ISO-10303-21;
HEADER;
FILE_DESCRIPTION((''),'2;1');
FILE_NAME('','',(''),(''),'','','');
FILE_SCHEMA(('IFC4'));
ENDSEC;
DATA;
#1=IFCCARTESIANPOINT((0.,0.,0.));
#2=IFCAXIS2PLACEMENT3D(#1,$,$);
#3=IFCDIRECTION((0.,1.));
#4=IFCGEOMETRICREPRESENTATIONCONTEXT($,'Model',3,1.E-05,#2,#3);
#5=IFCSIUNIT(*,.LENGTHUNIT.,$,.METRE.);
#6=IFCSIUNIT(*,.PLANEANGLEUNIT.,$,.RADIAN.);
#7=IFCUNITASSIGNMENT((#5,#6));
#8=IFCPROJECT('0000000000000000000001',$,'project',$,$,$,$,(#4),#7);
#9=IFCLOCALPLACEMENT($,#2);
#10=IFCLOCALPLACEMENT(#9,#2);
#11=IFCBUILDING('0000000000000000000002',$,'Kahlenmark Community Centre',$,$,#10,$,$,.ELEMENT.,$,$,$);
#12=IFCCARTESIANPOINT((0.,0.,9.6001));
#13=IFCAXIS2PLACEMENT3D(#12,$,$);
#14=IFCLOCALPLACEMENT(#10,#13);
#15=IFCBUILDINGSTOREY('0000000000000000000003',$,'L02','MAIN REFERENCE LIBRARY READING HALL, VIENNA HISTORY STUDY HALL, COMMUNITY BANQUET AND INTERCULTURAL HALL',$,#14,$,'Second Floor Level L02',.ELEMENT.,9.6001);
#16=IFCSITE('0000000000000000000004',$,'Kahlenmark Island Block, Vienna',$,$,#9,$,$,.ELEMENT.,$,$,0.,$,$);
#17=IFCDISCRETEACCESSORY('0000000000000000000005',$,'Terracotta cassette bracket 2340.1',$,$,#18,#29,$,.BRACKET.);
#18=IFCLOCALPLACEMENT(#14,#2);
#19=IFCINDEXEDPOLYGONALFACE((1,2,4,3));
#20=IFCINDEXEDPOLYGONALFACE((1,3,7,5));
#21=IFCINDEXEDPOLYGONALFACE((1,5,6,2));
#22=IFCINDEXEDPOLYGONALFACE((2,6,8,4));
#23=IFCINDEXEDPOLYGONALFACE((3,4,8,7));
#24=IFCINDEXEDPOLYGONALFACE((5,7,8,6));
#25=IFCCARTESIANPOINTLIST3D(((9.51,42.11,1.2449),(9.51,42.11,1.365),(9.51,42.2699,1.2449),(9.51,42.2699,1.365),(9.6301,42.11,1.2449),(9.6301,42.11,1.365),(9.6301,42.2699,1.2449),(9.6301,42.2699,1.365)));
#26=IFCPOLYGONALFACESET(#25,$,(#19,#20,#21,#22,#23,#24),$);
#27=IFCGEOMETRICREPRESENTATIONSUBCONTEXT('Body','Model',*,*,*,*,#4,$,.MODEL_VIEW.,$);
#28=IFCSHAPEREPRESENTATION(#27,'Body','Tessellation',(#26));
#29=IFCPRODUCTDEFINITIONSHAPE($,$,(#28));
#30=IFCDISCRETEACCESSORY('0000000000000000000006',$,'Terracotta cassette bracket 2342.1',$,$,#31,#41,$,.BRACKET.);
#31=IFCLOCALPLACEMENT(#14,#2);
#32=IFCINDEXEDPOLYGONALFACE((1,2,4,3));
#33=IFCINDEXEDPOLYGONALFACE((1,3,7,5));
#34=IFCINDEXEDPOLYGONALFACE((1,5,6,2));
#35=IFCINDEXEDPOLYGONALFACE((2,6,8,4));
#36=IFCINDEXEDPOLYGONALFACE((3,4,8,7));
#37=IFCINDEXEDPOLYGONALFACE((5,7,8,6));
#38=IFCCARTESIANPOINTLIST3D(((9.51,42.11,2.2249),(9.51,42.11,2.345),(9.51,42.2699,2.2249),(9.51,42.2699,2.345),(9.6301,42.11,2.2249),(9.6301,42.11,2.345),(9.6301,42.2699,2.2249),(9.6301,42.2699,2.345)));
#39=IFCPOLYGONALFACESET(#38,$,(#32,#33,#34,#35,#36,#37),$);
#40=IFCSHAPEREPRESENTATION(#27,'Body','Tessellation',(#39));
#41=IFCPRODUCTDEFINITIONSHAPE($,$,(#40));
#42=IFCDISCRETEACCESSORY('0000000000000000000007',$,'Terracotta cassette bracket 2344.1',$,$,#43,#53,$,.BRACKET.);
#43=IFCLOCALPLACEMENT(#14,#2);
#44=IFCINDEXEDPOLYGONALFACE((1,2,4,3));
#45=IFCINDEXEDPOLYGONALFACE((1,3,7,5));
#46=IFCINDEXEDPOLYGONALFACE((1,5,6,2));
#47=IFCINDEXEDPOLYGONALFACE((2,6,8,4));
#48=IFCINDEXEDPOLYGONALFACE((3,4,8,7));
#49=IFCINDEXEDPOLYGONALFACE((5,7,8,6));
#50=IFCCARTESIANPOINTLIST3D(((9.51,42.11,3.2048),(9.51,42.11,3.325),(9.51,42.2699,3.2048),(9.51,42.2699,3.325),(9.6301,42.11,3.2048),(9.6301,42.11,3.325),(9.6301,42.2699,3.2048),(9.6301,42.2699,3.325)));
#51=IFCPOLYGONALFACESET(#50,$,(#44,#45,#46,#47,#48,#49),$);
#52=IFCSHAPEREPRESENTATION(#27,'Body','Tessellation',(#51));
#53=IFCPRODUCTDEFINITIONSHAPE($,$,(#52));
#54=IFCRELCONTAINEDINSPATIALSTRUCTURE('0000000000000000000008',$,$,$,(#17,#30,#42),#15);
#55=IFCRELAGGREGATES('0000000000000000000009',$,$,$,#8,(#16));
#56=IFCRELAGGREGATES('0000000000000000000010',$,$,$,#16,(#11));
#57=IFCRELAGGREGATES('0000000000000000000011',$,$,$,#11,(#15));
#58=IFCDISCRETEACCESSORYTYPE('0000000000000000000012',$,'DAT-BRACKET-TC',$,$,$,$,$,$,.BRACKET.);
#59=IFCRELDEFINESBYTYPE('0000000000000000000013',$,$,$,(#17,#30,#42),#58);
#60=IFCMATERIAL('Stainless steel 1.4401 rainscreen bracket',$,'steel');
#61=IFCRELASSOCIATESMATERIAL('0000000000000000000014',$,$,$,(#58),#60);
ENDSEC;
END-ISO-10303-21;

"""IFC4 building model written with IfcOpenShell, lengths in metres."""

from ifc_helpers import new_model, si_unit, direction, frame, origin, origin_2d, place, context, subcontext, project, spatial, rectangle, extrude, material, type_object, element, save


model = new_model("IFC4")

# Units and contexts
model_context = context("Model", 3, precision=1e-05, world=origin(), true_north=direction((0.0, 1.0)))
body_context = subcontext(model_context, "Body", "Model", "MODEL_VIEW")
ifc_project = project(units=[si_unit("LENGTHUNIT", "METRE"), si_unit("PLANEANGLEUNIT", "RADIAN")], contexts=[model_context])

# Site, building, storey
site_placement = place(None, origin())
site = spatial("IfcSite", under=ifc_project, at=site_placement, Name="Kahlenmark Island Block, Vienna", CompositionType="ELEMENT", RefElevation=0.0)
building_placement = place(site_placement, origin())
building = spatial("IfcBuilding", under=site, at=building_placement, Name="Kahlenmark Community Centre", CompositionType="ELEMENT")
storey_placement = place(building_placement, frame((0.0, 0.0, 9.6001)))
storey = spatial("IfcBuildingStorey", under=building, at=storey_placement, Name="L02", Description="MAIN REFERENCE LIBRARY READING HALL, VIENNA HISTORY STUDY HALL, COMMUNITY BANQUET AND INTERCULTURAL HALL", LongName="Second Floor Level L02", CompositionType="ELEMENT", Elevation=9.6001)

# Discrete accessories
ifc_material_1 = material(Name="Stainless steel 1.4401 rainscreen bracket", Category="steel")
discrete_accessory_type = type_object("IfcDiscreteAccessoryType", Name="DAT-BRACKET-TC", PredefinedType="BRACKET", material=ifc_material_1)
for number, where, z_axis, x_axis, name in (
    (1, (9.5701, 42.1899, 1.2449), (0.0, 0.0, 1.0), (1.0, 0.0, 0.0), "Terracotta cassette bracket 2340.1"),
    (2, (9.5701, 42.1899, 2.2249), (0.0, 0.0, 1.0), (1.0, 0.0, 0.0), "Terracotta cassette bracket 2342.1"),
    (3, (9.5701, 42.1899, 3.2048), (0.0, 0.0, 1.0), (1.0, 0.0, 0.0), "Terracotta cassette bracket 2344.1"),
):
    element("IfcDiscreteAccessory", number, at=place(storey_placement, frame(where, z_axis=z_axis, x_axis=x_axis)), inside=storey, type_object=discrete_accessory_type, Name=name, PredefinedType="BRACKET", context=body_context, shape_type="SweptSolid", body=[
        extrude(rectangle(XDim=0.1201, YDim=0.1599, at=origin_2d()), origin(), (0.0, 0.0, 1.0), 0.1201),
    ])

save(model, "model.ifc")
